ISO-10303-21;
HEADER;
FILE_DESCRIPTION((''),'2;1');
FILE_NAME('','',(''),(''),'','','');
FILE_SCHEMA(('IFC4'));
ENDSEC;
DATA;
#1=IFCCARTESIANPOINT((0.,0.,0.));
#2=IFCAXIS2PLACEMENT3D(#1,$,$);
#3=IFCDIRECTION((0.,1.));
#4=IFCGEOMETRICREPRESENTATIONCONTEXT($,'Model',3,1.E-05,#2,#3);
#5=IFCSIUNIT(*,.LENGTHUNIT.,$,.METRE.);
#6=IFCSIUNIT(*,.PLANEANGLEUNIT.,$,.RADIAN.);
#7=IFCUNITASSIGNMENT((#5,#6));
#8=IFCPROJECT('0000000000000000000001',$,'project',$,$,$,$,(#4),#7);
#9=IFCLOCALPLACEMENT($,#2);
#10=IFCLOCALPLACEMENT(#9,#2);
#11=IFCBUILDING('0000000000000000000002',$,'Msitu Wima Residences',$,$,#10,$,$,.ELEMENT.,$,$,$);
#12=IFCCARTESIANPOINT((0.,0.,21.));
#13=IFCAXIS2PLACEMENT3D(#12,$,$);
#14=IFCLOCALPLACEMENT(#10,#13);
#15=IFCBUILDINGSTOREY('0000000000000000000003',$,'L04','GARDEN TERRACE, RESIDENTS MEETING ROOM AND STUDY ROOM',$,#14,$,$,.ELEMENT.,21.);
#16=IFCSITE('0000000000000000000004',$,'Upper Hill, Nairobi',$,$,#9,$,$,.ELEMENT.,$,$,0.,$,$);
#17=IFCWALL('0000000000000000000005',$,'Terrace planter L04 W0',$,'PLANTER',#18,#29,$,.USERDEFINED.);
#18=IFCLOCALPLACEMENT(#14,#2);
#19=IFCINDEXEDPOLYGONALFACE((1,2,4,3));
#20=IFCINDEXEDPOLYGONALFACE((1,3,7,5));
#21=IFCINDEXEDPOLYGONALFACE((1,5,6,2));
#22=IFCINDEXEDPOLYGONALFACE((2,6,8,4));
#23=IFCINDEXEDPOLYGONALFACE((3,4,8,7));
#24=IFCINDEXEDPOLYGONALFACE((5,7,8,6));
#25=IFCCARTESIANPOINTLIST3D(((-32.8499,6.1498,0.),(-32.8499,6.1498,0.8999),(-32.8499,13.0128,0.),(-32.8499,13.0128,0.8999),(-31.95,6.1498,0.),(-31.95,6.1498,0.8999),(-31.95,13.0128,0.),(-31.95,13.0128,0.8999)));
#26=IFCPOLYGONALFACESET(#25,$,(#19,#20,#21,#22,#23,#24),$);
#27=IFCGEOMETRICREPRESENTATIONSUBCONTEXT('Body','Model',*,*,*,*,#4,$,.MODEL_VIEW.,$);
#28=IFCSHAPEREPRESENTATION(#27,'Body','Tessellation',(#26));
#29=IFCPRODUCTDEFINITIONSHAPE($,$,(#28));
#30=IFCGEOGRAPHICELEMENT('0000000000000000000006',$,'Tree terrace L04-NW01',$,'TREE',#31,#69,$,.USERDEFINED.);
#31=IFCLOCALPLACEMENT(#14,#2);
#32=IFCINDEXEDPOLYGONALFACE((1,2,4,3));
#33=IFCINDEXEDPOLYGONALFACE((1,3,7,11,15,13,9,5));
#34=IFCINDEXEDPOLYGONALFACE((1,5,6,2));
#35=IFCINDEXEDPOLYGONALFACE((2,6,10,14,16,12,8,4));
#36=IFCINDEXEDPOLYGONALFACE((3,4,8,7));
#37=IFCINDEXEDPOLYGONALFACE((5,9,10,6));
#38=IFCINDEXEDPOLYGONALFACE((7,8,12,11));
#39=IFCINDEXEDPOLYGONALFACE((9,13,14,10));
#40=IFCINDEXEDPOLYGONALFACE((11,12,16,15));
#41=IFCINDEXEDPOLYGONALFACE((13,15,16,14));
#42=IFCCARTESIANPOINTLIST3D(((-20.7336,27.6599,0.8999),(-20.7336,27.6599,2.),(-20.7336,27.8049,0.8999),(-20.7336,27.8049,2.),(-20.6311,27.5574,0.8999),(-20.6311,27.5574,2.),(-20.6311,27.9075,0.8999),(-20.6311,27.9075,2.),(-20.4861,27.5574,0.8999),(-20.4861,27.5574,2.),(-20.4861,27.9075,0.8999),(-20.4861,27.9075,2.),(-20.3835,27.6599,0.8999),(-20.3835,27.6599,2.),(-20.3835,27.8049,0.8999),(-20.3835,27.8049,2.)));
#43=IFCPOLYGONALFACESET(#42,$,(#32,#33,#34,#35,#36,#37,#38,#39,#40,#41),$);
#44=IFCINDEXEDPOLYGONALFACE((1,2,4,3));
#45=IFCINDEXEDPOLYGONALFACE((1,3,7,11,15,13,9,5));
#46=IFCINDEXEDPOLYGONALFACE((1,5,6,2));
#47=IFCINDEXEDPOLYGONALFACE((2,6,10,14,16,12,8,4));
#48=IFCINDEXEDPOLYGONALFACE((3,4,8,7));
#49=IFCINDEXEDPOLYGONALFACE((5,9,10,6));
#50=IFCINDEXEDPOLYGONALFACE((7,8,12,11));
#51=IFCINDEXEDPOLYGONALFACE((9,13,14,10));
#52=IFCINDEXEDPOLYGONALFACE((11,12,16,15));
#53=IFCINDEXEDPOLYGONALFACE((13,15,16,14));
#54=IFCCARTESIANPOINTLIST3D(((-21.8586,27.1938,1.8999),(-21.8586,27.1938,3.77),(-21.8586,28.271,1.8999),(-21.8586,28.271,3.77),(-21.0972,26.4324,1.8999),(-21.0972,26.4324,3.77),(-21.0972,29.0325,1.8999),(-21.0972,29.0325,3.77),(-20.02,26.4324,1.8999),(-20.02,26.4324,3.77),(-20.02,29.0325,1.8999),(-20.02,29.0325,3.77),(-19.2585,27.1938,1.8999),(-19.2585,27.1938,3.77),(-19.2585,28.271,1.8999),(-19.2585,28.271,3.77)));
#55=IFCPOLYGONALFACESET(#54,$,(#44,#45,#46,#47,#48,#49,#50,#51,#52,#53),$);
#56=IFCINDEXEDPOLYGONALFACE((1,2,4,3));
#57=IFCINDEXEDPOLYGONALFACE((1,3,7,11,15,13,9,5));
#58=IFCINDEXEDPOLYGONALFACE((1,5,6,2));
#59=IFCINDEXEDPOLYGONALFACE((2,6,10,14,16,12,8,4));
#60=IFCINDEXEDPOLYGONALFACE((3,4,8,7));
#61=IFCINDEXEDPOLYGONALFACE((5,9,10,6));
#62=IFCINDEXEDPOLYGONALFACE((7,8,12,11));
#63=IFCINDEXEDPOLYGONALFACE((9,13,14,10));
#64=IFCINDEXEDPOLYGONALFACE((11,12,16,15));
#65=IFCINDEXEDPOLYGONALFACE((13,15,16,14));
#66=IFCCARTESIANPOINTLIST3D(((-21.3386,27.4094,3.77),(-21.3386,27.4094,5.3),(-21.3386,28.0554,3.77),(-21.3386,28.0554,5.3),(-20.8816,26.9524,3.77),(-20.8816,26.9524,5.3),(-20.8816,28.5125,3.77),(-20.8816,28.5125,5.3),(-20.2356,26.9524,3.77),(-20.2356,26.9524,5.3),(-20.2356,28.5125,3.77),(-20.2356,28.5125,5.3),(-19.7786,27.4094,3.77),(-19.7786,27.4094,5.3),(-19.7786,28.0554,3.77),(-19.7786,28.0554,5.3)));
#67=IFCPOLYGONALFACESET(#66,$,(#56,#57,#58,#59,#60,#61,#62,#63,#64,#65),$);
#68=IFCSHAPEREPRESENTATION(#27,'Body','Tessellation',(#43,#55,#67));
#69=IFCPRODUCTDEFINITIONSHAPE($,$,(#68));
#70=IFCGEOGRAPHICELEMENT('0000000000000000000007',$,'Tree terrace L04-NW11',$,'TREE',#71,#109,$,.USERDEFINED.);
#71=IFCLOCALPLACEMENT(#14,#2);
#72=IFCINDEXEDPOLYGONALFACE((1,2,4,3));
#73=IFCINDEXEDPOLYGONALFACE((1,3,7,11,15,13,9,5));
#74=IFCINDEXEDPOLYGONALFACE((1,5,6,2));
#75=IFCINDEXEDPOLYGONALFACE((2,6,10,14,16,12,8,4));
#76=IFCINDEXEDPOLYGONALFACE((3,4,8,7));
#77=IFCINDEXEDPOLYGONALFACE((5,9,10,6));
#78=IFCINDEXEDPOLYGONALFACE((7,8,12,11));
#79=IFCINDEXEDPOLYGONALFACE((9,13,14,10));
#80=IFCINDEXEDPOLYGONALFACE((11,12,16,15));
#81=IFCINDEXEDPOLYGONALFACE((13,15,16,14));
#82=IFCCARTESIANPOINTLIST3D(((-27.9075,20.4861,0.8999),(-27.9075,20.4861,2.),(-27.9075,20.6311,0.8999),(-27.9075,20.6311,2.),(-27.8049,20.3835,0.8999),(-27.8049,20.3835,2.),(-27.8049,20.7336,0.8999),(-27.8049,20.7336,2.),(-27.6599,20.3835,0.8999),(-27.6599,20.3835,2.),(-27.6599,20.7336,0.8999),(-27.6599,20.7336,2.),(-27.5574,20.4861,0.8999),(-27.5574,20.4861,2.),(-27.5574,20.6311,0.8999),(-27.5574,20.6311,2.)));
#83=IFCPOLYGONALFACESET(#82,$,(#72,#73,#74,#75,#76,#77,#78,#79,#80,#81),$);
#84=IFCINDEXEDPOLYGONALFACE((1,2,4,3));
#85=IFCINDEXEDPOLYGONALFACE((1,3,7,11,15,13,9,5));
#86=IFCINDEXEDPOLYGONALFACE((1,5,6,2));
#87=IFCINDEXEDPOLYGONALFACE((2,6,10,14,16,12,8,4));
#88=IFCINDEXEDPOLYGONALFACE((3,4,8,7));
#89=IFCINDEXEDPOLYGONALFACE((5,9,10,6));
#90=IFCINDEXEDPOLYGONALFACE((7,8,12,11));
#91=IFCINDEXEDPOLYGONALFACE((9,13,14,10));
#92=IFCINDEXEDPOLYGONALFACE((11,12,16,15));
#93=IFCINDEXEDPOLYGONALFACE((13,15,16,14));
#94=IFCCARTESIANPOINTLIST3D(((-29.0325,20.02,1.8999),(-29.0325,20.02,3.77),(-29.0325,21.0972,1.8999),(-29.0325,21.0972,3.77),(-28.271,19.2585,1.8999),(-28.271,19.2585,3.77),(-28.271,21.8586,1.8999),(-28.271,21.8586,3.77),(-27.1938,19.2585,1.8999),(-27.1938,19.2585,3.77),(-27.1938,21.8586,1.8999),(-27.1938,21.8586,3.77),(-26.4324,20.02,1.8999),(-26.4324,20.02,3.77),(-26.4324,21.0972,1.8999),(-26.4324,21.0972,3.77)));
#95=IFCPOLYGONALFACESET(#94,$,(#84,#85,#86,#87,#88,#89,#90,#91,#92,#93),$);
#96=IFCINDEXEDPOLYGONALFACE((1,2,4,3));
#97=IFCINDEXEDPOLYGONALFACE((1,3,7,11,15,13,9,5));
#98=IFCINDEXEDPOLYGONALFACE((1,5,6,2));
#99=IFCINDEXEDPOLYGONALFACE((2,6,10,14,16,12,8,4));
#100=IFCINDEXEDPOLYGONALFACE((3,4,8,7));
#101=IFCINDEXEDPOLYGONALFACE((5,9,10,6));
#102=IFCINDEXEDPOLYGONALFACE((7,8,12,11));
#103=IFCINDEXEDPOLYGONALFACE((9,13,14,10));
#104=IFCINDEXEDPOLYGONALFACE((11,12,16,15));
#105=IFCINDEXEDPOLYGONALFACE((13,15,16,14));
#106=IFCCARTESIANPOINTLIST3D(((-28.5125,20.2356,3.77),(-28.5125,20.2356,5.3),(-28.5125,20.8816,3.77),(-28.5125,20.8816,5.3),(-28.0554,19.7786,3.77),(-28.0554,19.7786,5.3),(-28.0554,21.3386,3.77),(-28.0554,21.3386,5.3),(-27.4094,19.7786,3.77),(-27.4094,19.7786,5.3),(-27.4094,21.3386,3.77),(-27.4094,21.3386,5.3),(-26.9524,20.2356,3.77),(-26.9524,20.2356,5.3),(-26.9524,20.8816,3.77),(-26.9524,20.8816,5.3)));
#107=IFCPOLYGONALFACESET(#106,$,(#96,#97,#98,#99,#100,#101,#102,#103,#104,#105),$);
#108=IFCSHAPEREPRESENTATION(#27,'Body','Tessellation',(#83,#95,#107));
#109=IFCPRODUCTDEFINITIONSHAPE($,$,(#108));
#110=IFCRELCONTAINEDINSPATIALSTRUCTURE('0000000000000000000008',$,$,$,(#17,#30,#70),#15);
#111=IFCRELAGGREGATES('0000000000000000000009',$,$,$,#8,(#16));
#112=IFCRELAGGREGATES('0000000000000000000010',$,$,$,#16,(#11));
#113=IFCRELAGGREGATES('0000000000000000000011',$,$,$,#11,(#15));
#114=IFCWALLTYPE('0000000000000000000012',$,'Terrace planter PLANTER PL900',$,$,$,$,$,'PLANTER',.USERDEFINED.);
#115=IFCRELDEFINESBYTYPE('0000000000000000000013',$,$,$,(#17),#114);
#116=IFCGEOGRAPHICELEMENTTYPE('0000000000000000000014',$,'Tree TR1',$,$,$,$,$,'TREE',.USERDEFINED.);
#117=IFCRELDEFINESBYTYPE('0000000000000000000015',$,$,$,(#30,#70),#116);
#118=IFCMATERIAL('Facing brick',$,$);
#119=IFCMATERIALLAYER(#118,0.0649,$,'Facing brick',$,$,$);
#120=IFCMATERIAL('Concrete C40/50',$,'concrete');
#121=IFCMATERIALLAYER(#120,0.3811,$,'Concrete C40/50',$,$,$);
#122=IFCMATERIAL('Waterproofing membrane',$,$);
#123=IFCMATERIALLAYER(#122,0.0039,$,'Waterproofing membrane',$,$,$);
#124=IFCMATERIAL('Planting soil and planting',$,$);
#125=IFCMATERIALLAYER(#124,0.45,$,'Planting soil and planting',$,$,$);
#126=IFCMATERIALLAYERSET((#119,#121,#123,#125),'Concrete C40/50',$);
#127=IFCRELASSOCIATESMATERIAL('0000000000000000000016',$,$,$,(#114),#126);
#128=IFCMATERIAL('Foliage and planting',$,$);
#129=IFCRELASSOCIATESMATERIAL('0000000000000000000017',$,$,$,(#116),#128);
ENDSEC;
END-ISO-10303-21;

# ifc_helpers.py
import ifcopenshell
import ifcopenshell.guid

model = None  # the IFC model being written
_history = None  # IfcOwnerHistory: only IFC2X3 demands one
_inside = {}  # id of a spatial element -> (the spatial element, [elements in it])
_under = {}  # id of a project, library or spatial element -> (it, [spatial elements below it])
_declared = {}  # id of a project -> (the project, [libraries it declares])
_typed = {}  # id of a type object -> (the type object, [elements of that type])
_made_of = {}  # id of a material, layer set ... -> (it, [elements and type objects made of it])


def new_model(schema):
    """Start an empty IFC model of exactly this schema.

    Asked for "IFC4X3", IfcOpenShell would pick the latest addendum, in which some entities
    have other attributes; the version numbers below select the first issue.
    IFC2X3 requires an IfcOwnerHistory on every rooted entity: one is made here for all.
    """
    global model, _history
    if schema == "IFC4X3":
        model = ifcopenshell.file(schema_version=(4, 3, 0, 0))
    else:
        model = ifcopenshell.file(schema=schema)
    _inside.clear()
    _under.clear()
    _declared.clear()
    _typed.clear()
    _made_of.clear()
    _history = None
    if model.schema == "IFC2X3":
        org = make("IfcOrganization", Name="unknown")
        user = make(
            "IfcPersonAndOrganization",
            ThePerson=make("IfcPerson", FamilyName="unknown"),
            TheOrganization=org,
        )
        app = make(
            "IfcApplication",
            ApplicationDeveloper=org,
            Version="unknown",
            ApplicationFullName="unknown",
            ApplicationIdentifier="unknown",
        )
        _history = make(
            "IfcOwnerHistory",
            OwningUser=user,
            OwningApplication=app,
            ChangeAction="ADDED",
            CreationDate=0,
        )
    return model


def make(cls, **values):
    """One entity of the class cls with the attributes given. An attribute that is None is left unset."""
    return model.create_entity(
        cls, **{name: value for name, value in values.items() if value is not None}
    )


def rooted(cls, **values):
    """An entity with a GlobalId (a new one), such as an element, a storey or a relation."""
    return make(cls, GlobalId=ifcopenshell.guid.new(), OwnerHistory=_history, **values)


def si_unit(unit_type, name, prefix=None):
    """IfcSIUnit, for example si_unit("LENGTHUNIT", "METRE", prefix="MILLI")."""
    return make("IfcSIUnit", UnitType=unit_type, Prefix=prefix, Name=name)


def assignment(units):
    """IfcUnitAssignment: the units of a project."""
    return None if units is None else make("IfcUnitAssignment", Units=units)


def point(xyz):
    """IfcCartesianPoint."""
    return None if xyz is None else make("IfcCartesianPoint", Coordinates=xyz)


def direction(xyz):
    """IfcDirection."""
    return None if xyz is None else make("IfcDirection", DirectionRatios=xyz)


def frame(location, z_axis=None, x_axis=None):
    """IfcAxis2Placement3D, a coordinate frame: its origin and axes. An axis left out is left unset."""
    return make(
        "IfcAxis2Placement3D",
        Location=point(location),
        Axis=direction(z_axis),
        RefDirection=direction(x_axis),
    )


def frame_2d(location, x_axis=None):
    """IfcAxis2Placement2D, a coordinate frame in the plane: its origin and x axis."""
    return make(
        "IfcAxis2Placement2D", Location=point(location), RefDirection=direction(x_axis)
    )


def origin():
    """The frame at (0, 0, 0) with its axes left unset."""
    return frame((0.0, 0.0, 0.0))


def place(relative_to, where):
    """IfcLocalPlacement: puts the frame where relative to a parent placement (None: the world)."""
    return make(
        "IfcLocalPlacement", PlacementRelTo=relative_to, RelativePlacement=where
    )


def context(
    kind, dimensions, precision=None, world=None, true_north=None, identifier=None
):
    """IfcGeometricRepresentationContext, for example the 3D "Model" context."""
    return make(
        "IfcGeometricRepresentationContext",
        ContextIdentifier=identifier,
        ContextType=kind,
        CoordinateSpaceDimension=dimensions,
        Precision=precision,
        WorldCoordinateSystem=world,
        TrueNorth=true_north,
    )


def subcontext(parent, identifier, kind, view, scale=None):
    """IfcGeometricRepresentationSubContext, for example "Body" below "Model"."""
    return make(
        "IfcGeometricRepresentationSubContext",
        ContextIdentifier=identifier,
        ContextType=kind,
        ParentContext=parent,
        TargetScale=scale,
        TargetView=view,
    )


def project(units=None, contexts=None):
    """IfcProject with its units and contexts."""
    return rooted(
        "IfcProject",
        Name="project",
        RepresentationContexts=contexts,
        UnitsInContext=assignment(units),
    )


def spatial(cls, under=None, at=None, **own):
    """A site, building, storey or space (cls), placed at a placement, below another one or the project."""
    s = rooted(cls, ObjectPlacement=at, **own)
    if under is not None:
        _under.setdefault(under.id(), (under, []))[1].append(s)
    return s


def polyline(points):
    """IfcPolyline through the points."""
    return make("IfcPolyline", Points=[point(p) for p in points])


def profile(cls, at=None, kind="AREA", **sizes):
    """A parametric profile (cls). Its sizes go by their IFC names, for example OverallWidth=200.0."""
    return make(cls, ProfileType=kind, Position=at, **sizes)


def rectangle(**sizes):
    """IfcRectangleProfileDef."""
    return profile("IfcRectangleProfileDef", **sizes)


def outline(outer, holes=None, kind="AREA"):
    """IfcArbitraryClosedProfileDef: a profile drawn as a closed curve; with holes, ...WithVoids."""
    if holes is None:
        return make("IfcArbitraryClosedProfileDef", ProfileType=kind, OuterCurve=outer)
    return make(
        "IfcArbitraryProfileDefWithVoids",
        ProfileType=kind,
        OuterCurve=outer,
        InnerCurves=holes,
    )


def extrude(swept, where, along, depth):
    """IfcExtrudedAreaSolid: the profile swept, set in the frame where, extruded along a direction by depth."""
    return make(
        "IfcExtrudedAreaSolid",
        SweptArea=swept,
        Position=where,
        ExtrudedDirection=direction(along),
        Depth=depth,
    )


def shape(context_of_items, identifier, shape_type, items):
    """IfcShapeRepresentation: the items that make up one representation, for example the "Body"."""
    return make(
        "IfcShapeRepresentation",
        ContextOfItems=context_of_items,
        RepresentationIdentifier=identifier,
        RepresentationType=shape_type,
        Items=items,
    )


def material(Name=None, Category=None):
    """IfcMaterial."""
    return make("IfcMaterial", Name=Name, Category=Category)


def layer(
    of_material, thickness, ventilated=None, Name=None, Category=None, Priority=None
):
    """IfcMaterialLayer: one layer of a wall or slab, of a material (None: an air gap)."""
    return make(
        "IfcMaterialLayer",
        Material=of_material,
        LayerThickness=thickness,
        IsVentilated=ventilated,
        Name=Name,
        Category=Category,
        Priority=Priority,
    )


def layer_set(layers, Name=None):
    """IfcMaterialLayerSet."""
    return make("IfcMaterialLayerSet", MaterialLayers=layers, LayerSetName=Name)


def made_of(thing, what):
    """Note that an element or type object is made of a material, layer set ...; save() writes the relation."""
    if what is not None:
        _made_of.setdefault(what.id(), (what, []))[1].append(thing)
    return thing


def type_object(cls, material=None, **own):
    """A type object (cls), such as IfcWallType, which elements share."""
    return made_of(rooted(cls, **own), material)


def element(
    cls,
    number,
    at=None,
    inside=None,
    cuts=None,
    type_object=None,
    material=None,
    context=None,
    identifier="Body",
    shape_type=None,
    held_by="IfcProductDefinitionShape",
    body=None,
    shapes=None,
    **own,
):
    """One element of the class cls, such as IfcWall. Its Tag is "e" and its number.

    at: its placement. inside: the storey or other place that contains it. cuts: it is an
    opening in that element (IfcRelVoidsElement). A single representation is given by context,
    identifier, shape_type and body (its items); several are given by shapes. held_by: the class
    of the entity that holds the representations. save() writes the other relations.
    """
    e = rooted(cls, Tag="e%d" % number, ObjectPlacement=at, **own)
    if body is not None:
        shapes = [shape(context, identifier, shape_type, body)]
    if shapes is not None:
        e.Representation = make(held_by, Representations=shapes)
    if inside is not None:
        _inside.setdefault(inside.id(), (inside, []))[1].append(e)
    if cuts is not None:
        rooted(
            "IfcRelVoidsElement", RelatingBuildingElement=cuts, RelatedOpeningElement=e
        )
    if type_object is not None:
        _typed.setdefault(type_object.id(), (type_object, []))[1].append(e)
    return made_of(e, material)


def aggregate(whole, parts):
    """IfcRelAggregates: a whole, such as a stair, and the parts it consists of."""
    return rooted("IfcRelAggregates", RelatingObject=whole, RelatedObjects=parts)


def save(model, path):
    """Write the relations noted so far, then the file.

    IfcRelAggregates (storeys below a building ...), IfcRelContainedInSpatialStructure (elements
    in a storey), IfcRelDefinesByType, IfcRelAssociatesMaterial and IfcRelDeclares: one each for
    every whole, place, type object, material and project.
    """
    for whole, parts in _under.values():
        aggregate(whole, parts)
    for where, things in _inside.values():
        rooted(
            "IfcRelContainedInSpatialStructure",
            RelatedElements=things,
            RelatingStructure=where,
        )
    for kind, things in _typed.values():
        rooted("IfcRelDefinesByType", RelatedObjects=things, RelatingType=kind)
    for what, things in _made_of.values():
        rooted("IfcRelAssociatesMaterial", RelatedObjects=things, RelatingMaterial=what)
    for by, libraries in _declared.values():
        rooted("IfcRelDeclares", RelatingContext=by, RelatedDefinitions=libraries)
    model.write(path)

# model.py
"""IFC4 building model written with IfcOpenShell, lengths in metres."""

from ifc_helpers import new_model, si_unit, direction, frame, frame_2d, origin, place, context, subcontext, project, spatial, polyline, rectangle, outline, extrude, material, layer, layer_set, type_object, element, save


model = new_model("IFC4")

# Units and contexts
model_context = context("Model", 3, precision=1e-05, world=origin(), true_north=direction((0.0, 1.0)))
body_context = subcontext(model_context, "Body", "Model", "MODEL_VIEW")
ifc_project = project(units=[si_unit("LENGTHUNIT", "METRE"), si_unit("PLANEANGLEUNIT", "RADIAN")], contexts=[model_context])

# Site, building, storey
site_placement = place(None, origin())
site = spatial("IfcSite", under=ifc_project, at=site_placement, Name="Upper Hill, Nairobi", CompositionType="ELEMENT", RefElevation=0.0)
building_placement = place(site_placement, origin())
building = spatial("IfcBuilding", under=site, at=building_placement, Name="Msitu Wima Residences", CompositionType="ELEMENT")
storey_placement = place(building_placement, frame((0.0, 0.0, 21.0)))
storey = spatial("IfcBuildingStorey", under=building, at=storey_placement, Name="L04", Description="GARDEN TERRACE, RESIDENTS MEETING ROOM AND STUDY ROOM", CompositionType="ELEMENT", Elevation=21.0)

# Wall
ifc_material_1 = material(Name="Facing brick")
ifc_layer_1 = layer(ifc_material_1, 0.0649, Name="Facing brick")
ifc_material_2 = material(Name="Concrete C40/50", Category="concrete")
ifc_layer_2 = layer(ifc_material_2, 0.3811, Name="Concrete C40/50")
ifc_material_3 = material(Name="Waterproofing membrane")
ifc_layer_3 = layer(ifc_material_3, 0.0039, Name="Waterproofing membrane")
ifc_material_4 = material(Name="Planting soil and planting")
ifc_layer_4 = layer(ifc_material_4, 0.45, Name="Planting soil and planting")
ifc_layer_set_1 = layer_set([ifc_layer_1, ifc_layer_2, ifc_layer_3, ifc_layer_4], Name="Concrete C40/50")
wall_type_1 = type_object("IfcWallType", Name="Terrace planter PLANTER PL900", ElementType="PLANTER", PredefinedType="USERDEFINED", material=ifc_layer_set_1)
wall_1_placement = place(storey_placement, frame((-32.3999, 13.0129, 0.0), z_axis=(0.0, 0.0, 1.0), x_axis=(0.0, -1.0, 0.0)))
element("IfcWall", 1, at=wall_1_placement, inside=storey, type_object=wall_type_1, Name="Terrace planter L04 W0", ObjectType="PLANTER", PredefinedType="USERDEFINED", context=body_context, shape_type="SweptSolid", body=[
    extrude(rectangle(XDim=6.863, YDim=0.8999, at=frame_2d((3.4316, 0.0))), origin(), (0.0, 0.0, 1.0), 0.8999),
])

# Geographic elements
ifc_material_5 = material(Name="Foliage and planting")
geographic_element_type = type_object("IfcGeographicElementType", Name="Tree TR1", ElementType="TREE", PredefinedType="USERDEFINED", material=ifc_material_5)
for number, where, z_axis, x_axis, name in (
    (2, (-20.5586, 27.7324, 0.8999), (0.0, 0.0, 1.0), (1.0, 0.0, 0.0), "Tree terrace L04-NW01"),
    (3, (-27.7324, 20.5586, 0.8999), (0.0, 0.0, 1.0), (1.0, 0.0, 0.0), "Tree terrace L04-NW11"),
):
    element("IfcGeographicElement", number, at=place(storey_placement, frame(where, z_axis=z_axis, x_axis=x_axis)), inside=storey, type_object=geographic_element_type, Name=name, ObjectType="TREE", PredefinedType="USERDEFINED", context=body_context, shape_type="SweptSolid", body=[
        extrude(outline(polyline([(0.175, 0.0725), (0.0725, 0.175), (-0.0725, 0.175), (-0.175, 0.0725), (-0.175, -0.0725), (-0.0725, -0.175), (0.0725, -0.175), (0.175, -0.0725), (0.175, 0.0725)])), origin(), (0.0, 0.0, 1.0), 1.1001),
        extrude(outline(polyline([(1.3, 0.5386), (0.5386, 1.3), (-0.5386, 1.3), (-1.3, 0.5386), (-1.3, -0.5386), (-0.5386, -1.3), (0.5386, -1.3), (1.3, -0.5386), (1.3, 0.5386)])), frame((0.0, 0.0, 1.0)), (0.0, 0.0, 1.0), 1.8701),
        extrude(outline(polyline([(0.78, 0.323), (0.323, 0.78), (-0.323, 0.78), (-0.78, 0.323), (-0.78, -0.323), (-0.323, -0.78), (0.323, -0.78), (0.78, -0.323), (0.78, 0.323)])), frame((0.0, 0.0, 2.8701)), (0.0, 0.0, 1.0), 1.53),
    ])

save(model, "model.ifc")
